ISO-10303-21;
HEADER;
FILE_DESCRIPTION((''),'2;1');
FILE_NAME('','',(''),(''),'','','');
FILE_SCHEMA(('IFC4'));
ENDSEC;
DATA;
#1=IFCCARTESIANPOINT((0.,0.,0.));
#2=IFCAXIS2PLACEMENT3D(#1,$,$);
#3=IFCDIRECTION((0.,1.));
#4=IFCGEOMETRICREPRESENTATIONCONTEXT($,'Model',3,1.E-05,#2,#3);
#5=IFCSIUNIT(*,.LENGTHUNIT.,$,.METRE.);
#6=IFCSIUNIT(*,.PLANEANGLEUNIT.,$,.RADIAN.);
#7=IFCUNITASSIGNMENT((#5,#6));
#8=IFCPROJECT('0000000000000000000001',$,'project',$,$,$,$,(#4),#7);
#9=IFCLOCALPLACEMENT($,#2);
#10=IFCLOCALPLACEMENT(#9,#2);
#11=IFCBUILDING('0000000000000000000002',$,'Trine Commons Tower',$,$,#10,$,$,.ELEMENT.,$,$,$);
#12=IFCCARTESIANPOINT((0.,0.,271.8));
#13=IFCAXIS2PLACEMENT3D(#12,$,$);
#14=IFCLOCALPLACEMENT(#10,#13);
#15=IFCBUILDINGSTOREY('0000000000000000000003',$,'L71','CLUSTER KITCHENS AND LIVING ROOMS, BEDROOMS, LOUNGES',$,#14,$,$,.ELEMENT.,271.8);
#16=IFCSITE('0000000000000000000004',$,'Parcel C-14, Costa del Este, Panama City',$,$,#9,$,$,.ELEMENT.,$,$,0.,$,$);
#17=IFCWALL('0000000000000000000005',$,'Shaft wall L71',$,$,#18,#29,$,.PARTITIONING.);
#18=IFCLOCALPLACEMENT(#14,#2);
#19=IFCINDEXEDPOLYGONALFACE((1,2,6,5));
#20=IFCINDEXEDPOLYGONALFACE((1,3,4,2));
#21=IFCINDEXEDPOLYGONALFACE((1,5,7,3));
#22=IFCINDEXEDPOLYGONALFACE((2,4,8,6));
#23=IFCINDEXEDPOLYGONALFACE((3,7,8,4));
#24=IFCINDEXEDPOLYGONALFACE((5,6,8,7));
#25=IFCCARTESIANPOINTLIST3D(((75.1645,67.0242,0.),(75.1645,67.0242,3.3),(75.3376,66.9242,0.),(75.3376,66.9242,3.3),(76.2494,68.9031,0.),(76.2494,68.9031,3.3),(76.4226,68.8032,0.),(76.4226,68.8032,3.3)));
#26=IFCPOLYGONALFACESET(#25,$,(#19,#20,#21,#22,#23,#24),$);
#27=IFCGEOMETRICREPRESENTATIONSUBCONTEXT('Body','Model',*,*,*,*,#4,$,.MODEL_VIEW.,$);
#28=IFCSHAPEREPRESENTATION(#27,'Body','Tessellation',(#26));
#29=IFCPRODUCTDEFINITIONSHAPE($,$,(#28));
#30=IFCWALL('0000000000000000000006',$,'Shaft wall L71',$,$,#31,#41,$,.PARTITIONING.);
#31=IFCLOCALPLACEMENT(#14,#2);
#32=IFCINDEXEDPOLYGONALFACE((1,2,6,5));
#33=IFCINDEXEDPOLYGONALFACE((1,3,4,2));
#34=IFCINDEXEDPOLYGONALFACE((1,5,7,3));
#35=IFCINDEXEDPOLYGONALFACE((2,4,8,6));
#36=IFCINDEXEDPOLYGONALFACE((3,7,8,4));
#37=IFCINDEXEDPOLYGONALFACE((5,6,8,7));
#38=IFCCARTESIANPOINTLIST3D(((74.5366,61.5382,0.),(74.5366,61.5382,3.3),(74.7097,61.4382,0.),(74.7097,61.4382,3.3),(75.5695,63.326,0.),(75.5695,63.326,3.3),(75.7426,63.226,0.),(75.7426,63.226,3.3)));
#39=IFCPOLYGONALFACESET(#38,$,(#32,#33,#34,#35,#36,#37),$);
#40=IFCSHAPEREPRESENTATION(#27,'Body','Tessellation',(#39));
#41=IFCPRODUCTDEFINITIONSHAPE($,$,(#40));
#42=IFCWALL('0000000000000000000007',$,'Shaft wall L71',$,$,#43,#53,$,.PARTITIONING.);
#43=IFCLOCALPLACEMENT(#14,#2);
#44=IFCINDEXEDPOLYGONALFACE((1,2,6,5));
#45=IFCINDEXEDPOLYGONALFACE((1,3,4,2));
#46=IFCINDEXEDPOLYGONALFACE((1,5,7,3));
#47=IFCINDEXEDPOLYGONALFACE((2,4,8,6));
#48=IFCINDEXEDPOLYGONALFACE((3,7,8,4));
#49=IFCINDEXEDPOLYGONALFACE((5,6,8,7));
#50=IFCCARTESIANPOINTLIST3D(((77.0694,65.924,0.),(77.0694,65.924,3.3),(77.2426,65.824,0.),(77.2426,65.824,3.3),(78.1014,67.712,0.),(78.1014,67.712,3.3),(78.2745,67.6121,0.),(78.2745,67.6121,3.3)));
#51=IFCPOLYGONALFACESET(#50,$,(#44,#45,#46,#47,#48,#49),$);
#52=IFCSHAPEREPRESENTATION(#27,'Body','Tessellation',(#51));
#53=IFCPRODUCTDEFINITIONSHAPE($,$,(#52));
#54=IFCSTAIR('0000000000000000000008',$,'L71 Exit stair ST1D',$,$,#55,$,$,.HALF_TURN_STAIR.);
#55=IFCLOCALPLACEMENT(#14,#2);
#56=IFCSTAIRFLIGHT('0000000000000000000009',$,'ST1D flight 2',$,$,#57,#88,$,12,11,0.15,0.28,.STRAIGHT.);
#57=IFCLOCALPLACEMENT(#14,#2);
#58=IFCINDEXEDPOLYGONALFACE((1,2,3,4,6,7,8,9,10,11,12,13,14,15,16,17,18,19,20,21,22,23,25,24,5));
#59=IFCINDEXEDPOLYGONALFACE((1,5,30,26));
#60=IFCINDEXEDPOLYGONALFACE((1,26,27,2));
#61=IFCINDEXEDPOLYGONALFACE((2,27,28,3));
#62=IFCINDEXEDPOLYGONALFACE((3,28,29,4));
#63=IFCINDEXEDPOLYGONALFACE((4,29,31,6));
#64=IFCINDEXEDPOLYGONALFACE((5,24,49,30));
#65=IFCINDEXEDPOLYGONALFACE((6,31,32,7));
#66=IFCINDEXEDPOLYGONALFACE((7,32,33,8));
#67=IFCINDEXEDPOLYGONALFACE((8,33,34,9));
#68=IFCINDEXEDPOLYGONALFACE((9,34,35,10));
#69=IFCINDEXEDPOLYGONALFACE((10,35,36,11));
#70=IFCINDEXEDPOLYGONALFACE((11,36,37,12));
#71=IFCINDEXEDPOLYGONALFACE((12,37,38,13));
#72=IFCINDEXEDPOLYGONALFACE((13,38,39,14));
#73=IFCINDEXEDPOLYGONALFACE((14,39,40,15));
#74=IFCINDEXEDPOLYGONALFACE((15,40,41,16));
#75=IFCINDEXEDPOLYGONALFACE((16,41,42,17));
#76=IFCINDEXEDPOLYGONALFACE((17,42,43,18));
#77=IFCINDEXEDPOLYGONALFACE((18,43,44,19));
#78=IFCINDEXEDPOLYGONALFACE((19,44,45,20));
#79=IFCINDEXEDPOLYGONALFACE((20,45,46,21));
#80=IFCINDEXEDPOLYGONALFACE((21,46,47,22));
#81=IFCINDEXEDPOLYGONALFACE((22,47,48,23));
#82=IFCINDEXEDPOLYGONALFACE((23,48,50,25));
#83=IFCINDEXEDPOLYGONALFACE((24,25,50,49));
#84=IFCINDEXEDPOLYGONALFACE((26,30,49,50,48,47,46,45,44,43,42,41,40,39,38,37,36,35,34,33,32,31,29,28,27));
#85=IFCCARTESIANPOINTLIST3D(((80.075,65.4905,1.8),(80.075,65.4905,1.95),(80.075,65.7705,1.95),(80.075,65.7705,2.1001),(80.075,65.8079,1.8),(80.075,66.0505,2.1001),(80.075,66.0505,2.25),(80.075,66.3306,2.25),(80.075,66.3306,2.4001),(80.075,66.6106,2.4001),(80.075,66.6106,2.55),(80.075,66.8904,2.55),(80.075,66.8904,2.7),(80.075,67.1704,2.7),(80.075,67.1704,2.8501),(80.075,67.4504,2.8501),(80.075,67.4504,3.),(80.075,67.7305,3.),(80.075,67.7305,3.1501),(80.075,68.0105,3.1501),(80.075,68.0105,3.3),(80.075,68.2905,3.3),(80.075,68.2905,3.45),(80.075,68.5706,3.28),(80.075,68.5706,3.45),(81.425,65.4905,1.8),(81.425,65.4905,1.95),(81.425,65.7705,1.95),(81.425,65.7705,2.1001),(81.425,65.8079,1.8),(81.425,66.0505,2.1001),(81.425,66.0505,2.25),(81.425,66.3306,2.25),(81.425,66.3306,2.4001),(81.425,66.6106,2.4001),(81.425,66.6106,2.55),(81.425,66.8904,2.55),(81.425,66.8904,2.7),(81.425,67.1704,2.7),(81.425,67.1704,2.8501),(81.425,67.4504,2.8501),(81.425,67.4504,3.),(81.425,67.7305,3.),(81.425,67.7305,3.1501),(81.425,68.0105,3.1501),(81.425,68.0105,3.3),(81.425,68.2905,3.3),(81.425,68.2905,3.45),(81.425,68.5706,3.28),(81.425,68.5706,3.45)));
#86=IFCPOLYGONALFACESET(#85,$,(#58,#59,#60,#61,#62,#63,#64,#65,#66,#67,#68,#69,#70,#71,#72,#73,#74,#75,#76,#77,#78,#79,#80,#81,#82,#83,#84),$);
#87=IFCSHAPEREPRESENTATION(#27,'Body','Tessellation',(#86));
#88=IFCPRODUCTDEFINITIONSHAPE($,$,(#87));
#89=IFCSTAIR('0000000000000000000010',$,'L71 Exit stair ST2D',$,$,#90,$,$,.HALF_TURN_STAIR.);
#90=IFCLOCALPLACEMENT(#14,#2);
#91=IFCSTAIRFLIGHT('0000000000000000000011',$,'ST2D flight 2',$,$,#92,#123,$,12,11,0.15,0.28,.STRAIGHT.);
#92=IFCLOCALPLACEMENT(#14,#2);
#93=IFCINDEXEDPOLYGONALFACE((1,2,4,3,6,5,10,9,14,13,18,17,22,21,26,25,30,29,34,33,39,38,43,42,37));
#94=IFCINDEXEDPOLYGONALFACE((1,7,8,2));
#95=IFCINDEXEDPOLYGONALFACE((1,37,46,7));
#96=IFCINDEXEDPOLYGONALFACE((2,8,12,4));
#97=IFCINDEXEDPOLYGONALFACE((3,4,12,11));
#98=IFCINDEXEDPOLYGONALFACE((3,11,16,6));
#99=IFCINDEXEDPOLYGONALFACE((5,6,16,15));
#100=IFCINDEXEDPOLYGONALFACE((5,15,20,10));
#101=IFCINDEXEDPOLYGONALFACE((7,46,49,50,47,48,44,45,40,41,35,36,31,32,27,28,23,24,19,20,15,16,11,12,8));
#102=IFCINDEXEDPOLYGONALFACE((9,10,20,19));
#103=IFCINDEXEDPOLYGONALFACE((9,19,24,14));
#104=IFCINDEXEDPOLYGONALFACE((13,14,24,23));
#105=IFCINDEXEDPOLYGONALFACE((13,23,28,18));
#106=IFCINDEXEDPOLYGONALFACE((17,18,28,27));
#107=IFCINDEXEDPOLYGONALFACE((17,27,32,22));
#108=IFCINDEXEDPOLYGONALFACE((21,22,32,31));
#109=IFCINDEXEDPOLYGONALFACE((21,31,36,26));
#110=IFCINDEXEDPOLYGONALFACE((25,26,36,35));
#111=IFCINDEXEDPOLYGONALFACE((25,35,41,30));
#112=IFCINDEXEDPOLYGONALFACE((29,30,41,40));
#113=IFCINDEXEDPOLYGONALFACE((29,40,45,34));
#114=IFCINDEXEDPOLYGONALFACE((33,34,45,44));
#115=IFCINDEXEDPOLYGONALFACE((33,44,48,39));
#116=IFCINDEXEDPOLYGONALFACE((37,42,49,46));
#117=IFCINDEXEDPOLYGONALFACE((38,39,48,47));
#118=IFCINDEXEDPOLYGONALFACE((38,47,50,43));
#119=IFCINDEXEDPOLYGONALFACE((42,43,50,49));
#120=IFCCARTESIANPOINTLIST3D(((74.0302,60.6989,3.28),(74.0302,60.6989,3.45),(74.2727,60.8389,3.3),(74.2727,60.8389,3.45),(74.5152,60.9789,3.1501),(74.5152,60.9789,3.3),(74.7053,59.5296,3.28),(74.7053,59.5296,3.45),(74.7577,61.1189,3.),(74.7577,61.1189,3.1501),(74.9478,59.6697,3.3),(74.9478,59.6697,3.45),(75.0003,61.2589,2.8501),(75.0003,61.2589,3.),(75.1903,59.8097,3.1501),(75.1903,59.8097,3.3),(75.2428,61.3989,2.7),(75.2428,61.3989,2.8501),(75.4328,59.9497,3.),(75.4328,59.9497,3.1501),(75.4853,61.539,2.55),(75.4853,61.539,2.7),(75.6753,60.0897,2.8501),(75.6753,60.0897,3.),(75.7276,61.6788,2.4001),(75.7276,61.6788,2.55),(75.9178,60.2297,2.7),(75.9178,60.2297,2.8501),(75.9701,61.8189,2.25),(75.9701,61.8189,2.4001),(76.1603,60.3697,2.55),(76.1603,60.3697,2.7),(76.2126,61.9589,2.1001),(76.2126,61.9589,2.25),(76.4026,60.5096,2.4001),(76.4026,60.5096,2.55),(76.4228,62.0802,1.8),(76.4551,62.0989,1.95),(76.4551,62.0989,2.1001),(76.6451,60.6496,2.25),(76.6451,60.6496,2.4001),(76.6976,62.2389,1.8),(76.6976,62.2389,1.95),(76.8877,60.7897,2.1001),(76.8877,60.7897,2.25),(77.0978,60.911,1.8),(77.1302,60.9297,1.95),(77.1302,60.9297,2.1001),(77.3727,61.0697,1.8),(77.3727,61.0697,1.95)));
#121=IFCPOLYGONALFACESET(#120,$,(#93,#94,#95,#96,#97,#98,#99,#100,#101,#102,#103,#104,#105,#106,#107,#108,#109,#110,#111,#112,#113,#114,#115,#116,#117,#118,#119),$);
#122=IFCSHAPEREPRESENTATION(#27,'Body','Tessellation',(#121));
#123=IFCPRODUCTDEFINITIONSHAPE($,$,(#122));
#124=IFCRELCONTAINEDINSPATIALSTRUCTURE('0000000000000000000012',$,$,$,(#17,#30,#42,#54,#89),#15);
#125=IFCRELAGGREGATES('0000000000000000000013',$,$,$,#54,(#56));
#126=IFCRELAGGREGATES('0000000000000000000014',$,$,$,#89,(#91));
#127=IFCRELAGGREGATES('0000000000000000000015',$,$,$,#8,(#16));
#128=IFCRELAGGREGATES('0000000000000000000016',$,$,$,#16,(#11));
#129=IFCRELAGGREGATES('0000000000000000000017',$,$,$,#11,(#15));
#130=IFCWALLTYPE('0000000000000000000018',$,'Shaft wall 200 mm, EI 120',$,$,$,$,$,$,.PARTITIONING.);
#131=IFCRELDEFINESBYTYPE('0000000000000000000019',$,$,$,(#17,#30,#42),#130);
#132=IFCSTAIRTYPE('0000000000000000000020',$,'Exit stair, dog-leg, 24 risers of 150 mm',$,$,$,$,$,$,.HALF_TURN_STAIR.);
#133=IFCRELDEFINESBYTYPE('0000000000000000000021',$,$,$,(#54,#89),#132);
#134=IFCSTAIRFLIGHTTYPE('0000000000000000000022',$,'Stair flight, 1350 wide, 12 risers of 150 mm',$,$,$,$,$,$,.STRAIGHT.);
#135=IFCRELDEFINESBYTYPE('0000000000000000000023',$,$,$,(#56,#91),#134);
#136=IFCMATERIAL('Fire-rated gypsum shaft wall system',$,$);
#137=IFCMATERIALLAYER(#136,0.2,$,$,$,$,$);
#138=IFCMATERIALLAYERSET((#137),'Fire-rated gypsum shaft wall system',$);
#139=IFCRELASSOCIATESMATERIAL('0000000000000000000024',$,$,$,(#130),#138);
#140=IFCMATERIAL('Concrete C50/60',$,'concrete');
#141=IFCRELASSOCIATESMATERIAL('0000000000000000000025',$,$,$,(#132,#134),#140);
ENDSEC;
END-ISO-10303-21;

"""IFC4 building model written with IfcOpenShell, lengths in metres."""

from ifc_helpers import new_model, si_unit, direction, frame, frame_2d, origin, place, context, subcontext, project, spatial, polyline, rectangle, outline, extrude, material, layer, layer_set, type_object, element, aggregate, save


model = new_model("IFC4")

# Units and contexts
model_context = context("Model", 3, precision=1e-05, world=origin(), true_north=direction((0.0, 1.0)))
body_context = subcontext(model_context, "Body", "Model", "MODEL_VIEW")
ifc_project = project(units=[si_unit("LENGTHUNIT", "METRE"), si_unit("PLANEANGLEUNIT", "RADIAN")], contexts=[model_context])

# Site, building, storey
site_placement = place(None, origin())
site = spatial("IfcSite", under=ifc_project, at=site_placement, Name="Parcel C-14, Costa del Este, Panama City", CompositionType="ELEMENT", RefElevation=0.0)
building_placement = place(site_placement, origin())
building = spatial("IfcBuilding", under=site, at=building_placement, Name="Trine Commons Tower", CompositionType="ELEMENT")
storey_placement = place(building_placement, frame((0.0, 0.0, 271.8)))
storey = spatial("IfcBuildingStorey", under=building, at=storey_placement, Name="L71", Description="CLUSTER KITCHENS AND LIVING ROOMS, BEDROOMS, LOUNGES", CompositionType="ELEMENT", Elevation=271.8)

# Shared definitions
ifc_material_1 = material(Name="Fire-rated gypsum shaft wall system")
ifc_material_2 = material(Name="Concrete C50/60", Category="concrete")

# Walls
ifc_layer_1 = layer(ifc_material_1, 0.2)
ifc_layer_set_1 = layer_set([ifc_layer_1], Name="Fire-rated gypsum shaft wall system")
wall_type_1 = type_object("IfcWallType", Name="Shaft wall 200 mm, EI 120", PredefinedType="PARTITIONING", material=ifc_layer_set_1)
wall_1_placement = place(storey_placement, frame((75.251, 66.9741, 0.0), z_axis=(0.0, 0.0, 1.0), x_axis=(0.50006, 0.865991, 0.0)))
element("IfcWall", 1, at=wall_1_placement, inside=storey, type_object=wall_type_1, Name="Shaft wall L71", PredefinedType="PARTITIONING", context=body_context, shape_type="SweptSolid", body=[
    extrude(rectangle(XDim=2.1697, YDim=0.2, at=frame_2d((1.085, 0.0))), origin(), (0.0, 0.0, 1.0), 3.3),
])
wall_2_placement = place(storey_placement, frame((75.656, 63.2759, 0.0), z_axis=(0.0, 0.0, 1.0), x_axis=(-0.500272, -0.865868, 0.0)))
element("IfcWall", 2, at=wall_2_placement, inside=storey, type_object=wall_type_1, Name="Shaft wall L71", PredefinedType="PARTITIONING", context=body_context, shape_type="SweptSolid", body=[
    extrude(rectangle(XDim=2.0647, YDim=0.2, at=frame_2d((1.0322, 0.0))), origin(), (0.0, 0.0, 1.0), 3.3),
])
wall_3_placement = place(storey_placement, frame((77.156, 65.874, 0.0), z_axis=(0.0, 0.0, 1.0), x_axis=(0.499866, 0.866103, 0.0)))
element("IfcWall", 3, at=wall_3_placement, inside=storey, type_object=wall_type_1, Name="Shaft wall L71", PredefinedType="PARTITIONING", context=body_context, shape_type="SweptSolid", body=[
    extrude(rectangle(XDim=2.0645, YDim=0.2, at=frame_2d((1.0322, 0.0))), origin(), (0.0, 0.0, 1.0), 3.3),
])

# Stairs, stair flights
stair_type = type_object("IfcStairType", Name="Exit stair, dog-leg, 24 risers of 150 mm", PredefinedType="HALF_TURN_STAIR", material=ifc_material_2)
stair_1_placement = place(storey_placement, origin())
stair_1 = element("IfcStair", 4, at=stair_1_placement, inside=storey, type_object=stair_type, Name="L71 Exit stair ST1D", PredefinedType="HALF_TURN_STAIR")
stair_flight_type = type_object("IfcStairFlightType", Name="Stair flight, 1350 wide, 12 risers of 150 mm", PredefinedType="STRAIGHT", material=ifc_material_2)
stair_flight_1_placement = place(storey_placement, frame((80.75, 65.4905, 1.8), z_axis=(0.0, 0.0, 1.0), x_axis=(0.0, 1.0, 0.0)))
stair_flight_1 = element("IfcStairFlight", 5, at=stair_flight_1_placement, type_object=stair_flight_type, Name="ST1D flight 2", NumberOfRisers=12, NumberOfTreads=11, PredefinedType="STRAIGHT", RiserHeight=0.15, TreadLength=0.28, context=body_context, shape_type="SweptSolid", body=[
    extrude(outline(polyline([(0.0, 0.0), (0.0, 0.1499), (0.28, 0.1499), (0.28, 0.3), (0.5601, 0.3), (0.5601, 0.45), (0.8401, 0.45), (0.8401, 0.6001), (1.1201, 0.6001), (1.1201, 0.75), (1.3999, 0.75), (1.3999, 0.8999), (1.6799, 0.8999), (1.6799, 1.05), (1.96, 1.05), (1.96, 1.2), (2.24, 1.2), (2.24, 1.3501), (2.52, 1.3501), (2.52, 1.5), (2.8, 1.5), (2.8, 1.6499), (3.0801, 1.6499), (3.0801, 1.8), (3.0801, 1.48), (0.3174, 0.0), (0.0, 0.0)])), frame((0.0, 0.675, 0.0), z_axis=(0.0, -1.0, 0.0), x_axis=(1.0, 0.0, 0.0)), (0.0, 0.0, 1.0), 1.3501),
])
aggregate(stair_1, [stair_flight_1])
stair_2_placement = place(storey_placement, origin())
stair_2 = element("IfcStair", 6, at=stair_2_placement, inside=storey, type_object=stair_type, Name="L71 Exit stair ST2D", PredefinedType="HALF_TURN_STAIR")
stair_flight_2_placement = place(storey_placement, frame((77.0352, 61.6543, 1.8), z_axis=(0.0, 0.0, 1.0), x_axis=(-0.866025, -0.5, 0.0)))
stair_flight_2 = element("IfcStairFlight", 7, at=stair_flight_2_placement, type_object=stair_flight_type, Name="ST2D flight 2", NumberOfRisers=12, NumberOfTreads=11, PredefinedType="STRAIGHT", RiserHeight=0.15, TreadLength=0.28, context=body_context, shape_type="SweptSolid", body=[
    extrude(outline(polyline([(0.0, 0.0), (0.0, 0.1499), (0.28, 0.1499), (0.28, 0.3), (0.5601, 0.3), (0.5601, 0.45), (0.8401, 0.45), (0.8401, 0.6001), (1.1201, 0.6001), (1.1201, 0.75), (1.3999, 0.75), (1.3999, 0.8999), (1.6799, 0.8999), (1.6799, 1.05), (1.96, 1.05), (1.96, 1.2), (2.24, 1.2), (2.24, 1.3501), (2.52, 1.3501), (2.52, 1.5), (2.8, 1.5), (2.8, 1.6499), (3.0801, 1.6499), (3.0801, 1.8), (3.0801, 1.48), (0.3174, 0.0), (0.0, 0.0)])), frame((0.0, 0.675, 0.0), z_axis=(0.0, -1.0, 0.0), x_axis=(1.0, 0.0, 0.0)), (0.0, 0.0, 1.0), 1.3501),
])
aggregate(stair_2, [stair_flight_2])

save(model, "model.ifc")
